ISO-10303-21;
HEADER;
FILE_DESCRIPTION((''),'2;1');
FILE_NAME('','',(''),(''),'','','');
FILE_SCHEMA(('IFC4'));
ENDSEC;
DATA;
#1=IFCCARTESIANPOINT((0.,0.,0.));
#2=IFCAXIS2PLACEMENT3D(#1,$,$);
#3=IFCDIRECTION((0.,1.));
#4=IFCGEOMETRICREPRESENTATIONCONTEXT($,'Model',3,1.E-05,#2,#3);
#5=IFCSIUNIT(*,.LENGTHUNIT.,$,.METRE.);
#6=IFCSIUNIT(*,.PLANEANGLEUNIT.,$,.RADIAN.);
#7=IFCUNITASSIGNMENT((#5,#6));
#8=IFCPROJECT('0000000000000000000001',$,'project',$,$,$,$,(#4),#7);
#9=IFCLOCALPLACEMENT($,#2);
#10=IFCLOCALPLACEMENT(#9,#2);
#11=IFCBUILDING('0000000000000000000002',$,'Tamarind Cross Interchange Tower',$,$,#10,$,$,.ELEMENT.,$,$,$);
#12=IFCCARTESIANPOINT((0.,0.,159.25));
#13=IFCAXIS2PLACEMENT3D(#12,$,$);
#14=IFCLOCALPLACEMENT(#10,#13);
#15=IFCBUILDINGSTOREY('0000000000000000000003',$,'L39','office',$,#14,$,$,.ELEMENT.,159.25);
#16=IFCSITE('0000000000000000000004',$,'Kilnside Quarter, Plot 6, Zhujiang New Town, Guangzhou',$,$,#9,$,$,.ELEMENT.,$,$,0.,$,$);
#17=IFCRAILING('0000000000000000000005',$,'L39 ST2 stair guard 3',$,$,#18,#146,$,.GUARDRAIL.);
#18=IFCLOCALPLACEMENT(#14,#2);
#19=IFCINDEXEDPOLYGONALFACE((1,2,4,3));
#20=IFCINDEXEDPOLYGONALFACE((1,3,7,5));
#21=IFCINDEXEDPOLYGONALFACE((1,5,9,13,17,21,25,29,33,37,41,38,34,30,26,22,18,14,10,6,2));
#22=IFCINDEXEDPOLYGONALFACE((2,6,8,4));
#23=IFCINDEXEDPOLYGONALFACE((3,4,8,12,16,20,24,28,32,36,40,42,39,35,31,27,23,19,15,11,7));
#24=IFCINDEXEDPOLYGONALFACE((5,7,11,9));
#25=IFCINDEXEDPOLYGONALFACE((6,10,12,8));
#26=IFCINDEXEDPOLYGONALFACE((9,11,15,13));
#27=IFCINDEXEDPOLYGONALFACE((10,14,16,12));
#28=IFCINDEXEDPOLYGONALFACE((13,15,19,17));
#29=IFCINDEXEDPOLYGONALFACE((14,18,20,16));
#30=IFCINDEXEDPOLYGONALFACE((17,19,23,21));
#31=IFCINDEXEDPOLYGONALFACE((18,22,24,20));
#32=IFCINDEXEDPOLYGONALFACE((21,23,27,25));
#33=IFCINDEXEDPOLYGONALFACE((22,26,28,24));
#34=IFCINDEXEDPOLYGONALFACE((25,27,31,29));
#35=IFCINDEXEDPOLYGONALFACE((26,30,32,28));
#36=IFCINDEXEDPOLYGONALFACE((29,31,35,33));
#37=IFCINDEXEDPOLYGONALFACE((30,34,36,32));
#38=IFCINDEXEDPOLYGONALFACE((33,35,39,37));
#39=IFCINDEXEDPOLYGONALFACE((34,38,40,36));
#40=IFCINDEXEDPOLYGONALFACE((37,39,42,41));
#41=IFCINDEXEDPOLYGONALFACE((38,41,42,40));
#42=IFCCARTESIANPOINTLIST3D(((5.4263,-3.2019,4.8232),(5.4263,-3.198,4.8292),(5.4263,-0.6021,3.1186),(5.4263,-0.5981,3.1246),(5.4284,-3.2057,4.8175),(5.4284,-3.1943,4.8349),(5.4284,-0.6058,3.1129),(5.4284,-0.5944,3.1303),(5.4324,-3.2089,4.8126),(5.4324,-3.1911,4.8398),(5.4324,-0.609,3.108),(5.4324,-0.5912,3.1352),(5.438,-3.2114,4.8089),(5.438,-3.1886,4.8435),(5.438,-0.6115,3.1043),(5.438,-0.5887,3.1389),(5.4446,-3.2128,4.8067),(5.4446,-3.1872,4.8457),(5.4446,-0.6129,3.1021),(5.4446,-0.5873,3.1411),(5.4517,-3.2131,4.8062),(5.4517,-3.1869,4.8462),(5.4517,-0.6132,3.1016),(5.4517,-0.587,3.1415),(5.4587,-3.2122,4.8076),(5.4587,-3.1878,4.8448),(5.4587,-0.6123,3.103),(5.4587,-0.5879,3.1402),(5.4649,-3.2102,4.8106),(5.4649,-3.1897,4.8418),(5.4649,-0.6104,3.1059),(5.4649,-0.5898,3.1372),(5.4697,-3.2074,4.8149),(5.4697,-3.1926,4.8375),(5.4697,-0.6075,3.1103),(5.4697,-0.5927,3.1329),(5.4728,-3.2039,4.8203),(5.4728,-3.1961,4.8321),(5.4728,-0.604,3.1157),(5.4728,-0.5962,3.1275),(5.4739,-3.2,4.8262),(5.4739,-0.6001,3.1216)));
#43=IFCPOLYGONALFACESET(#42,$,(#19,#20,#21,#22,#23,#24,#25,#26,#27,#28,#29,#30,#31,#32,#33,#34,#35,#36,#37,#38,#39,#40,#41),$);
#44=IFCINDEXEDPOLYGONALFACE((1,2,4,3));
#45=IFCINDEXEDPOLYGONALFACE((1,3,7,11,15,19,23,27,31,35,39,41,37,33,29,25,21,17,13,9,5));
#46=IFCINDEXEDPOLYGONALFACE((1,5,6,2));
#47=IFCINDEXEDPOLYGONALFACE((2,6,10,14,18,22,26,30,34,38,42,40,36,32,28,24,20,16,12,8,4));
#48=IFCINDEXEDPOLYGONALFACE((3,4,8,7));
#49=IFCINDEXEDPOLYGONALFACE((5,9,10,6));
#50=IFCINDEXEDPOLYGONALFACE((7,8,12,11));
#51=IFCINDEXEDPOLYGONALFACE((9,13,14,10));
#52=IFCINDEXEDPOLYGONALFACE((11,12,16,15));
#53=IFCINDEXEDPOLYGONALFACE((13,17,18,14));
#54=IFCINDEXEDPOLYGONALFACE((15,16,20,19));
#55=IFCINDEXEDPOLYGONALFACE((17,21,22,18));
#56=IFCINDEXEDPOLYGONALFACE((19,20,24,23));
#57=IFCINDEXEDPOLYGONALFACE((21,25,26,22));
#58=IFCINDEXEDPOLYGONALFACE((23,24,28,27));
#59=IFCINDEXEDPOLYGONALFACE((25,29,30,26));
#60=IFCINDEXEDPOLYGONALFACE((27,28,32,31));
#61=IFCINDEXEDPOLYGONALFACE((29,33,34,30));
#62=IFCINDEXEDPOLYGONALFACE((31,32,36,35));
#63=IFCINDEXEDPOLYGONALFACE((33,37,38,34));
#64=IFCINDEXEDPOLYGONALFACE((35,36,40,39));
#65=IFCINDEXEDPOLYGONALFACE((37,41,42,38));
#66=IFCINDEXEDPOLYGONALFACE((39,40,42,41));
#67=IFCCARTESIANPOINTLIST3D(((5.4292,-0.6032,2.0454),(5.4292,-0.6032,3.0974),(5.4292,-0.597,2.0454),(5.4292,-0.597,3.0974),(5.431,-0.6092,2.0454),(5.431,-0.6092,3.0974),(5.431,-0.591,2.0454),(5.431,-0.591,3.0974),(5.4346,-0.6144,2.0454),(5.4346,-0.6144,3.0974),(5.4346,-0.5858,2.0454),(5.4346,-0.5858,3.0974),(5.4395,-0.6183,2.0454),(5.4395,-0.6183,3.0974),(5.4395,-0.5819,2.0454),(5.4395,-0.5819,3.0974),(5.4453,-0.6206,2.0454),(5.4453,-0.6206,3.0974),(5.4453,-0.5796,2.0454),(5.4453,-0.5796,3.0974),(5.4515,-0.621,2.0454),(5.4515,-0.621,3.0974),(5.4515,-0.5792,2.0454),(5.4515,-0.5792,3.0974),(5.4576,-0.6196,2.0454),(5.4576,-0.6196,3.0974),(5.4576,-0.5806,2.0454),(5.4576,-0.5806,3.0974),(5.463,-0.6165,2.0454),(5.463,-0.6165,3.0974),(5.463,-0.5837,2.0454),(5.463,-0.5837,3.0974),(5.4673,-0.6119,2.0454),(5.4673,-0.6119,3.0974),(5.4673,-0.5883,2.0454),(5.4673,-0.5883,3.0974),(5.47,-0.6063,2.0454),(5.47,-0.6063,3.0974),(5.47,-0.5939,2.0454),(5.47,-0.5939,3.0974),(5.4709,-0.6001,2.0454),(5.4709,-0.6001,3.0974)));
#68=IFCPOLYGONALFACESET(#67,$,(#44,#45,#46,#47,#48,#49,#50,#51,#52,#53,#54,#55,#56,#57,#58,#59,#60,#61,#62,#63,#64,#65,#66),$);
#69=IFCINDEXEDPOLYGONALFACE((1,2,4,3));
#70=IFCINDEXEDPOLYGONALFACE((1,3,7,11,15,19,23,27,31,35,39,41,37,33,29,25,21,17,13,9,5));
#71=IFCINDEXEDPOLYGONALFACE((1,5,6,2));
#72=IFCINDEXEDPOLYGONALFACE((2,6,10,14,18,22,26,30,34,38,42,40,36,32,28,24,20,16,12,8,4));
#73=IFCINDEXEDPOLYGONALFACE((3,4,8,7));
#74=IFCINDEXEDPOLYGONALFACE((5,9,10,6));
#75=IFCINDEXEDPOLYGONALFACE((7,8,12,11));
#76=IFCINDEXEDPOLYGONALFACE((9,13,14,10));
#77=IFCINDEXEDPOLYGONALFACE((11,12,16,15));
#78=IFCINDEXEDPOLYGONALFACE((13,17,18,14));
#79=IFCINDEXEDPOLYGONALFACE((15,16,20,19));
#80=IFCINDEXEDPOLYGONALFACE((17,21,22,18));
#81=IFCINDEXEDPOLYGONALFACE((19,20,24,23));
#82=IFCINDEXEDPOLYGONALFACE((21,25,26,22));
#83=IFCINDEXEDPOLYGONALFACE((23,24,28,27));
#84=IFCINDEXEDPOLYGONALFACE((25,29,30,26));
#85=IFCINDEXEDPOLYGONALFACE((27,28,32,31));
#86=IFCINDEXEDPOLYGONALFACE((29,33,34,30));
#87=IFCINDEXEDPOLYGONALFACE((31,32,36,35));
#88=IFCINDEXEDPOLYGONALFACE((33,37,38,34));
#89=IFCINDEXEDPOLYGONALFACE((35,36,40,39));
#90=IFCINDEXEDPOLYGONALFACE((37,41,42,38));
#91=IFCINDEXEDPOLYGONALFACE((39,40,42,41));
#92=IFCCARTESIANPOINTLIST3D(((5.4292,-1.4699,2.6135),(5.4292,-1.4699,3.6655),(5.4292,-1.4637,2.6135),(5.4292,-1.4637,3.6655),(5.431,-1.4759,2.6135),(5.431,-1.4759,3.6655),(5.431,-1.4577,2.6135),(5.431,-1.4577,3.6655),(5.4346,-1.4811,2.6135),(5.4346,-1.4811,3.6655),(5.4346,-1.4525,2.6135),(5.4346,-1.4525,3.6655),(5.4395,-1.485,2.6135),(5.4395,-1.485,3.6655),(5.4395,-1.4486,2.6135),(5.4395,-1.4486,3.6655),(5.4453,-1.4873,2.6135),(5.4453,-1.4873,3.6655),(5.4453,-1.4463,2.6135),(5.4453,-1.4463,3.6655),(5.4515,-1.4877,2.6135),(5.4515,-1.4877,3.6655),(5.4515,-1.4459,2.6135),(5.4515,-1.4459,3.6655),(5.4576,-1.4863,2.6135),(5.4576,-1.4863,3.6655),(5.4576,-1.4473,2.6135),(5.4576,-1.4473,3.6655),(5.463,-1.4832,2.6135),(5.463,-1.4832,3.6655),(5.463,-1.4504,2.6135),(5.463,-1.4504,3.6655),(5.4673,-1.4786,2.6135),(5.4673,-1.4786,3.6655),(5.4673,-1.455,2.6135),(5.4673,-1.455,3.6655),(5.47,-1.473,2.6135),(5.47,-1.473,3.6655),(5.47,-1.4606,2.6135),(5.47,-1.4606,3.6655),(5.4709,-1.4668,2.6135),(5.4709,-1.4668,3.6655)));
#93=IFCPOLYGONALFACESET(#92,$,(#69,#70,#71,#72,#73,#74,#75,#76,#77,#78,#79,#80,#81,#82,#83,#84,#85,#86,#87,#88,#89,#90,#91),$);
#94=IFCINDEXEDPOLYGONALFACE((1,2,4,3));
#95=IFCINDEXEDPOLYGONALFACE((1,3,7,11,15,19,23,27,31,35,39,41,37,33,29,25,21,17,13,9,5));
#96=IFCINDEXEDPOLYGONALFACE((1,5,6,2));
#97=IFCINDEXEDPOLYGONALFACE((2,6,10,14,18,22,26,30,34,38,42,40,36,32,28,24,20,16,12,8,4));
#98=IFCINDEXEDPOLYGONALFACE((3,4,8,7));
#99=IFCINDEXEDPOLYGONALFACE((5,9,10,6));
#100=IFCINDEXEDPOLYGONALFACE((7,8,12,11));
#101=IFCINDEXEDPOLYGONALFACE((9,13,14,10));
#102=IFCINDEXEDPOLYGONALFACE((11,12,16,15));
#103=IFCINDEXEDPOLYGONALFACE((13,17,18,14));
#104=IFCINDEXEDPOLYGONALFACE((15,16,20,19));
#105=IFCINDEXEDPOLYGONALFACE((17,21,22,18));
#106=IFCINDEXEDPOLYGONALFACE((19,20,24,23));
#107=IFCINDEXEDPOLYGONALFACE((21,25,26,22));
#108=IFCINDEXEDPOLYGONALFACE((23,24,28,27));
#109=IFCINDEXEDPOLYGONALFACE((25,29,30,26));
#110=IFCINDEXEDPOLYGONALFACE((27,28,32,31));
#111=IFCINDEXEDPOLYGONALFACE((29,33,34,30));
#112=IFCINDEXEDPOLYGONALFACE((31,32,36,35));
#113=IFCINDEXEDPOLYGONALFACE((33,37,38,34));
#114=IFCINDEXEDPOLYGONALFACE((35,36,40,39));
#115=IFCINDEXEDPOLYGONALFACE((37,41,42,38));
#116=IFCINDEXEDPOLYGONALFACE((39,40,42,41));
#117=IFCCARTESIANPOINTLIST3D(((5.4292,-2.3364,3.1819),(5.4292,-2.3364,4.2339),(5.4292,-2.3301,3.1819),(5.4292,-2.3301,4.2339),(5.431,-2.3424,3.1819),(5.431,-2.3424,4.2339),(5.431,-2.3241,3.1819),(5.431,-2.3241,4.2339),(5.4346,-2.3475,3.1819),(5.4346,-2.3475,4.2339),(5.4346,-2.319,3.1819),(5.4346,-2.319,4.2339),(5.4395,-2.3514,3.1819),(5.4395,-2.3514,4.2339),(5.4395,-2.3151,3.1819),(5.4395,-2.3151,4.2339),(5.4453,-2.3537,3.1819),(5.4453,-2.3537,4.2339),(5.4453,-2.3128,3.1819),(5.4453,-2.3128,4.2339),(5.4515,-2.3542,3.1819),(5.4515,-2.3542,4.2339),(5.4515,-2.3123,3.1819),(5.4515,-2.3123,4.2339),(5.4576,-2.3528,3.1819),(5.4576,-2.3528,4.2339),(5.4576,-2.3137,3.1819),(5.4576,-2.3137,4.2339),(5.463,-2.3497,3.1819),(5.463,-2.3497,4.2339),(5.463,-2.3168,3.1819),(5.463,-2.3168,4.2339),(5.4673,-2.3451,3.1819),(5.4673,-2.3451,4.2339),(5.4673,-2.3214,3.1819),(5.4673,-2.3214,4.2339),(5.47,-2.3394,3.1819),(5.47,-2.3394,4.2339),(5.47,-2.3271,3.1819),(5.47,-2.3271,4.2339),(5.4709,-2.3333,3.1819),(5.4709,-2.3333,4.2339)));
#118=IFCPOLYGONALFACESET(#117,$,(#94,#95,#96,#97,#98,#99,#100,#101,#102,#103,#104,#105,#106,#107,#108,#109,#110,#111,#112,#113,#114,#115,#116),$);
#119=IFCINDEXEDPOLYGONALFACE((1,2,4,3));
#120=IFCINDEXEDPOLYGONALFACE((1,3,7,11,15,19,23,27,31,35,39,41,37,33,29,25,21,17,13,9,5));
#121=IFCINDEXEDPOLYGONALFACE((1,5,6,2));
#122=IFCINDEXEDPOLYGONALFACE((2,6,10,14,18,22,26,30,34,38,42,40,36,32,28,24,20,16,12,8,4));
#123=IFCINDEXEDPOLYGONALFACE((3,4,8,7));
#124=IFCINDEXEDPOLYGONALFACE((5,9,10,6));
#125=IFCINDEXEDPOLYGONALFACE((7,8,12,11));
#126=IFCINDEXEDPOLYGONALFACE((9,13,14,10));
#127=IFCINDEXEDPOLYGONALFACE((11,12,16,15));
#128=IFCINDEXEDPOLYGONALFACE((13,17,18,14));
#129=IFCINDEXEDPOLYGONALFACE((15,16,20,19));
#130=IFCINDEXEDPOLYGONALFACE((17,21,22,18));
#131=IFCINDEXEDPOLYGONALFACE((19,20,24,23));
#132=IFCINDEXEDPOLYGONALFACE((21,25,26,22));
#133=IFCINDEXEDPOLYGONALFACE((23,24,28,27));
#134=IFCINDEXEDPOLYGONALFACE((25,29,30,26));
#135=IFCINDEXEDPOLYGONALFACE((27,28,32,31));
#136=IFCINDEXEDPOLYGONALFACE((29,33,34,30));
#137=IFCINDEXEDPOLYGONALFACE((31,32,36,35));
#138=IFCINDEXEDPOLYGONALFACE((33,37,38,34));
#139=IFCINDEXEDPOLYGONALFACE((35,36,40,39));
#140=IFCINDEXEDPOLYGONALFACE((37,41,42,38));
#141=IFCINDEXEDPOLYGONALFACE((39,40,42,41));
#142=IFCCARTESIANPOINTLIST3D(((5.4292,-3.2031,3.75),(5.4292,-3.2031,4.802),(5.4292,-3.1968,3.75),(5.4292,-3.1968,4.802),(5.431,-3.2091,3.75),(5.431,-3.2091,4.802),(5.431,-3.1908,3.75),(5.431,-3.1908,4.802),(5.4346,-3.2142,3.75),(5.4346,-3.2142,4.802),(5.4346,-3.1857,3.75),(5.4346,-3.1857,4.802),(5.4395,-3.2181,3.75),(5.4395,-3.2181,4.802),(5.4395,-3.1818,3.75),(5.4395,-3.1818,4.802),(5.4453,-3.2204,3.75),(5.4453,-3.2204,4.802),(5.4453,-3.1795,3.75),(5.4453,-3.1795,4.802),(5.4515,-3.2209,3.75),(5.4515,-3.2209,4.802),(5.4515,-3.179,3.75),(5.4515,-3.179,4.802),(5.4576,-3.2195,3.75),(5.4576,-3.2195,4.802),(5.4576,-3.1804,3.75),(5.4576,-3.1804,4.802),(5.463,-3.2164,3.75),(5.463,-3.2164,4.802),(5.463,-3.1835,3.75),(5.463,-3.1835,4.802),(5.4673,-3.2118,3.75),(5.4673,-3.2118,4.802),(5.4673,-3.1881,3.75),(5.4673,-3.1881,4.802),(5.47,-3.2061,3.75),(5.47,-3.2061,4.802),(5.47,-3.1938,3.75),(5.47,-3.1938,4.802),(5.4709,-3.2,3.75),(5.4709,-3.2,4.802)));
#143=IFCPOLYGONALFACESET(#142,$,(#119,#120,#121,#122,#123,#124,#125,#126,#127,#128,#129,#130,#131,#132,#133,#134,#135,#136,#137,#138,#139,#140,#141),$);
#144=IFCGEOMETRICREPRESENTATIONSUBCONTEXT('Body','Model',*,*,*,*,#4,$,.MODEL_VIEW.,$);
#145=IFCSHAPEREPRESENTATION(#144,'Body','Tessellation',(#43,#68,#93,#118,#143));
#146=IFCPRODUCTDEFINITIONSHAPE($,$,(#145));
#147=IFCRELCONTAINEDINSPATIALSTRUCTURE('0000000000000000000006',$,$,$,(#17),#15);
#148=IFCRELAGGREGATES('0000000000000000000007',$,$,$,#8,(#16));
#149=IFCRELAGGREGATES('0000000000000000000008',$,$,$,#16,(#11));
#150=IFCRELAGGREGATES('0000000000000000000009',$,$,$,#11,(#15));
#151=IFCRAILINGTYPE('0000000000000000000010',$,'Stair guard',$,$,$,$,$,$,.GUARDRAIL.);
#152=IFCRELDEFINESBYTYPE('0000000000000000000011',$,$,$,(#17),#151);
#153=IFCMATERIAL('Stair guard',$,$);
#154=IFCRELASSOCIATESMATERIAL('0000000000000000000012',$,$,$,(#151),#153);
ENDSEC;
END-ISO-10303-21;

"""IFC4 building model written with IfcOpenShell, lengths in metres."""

from ifc_helpers import new_model, si_unit, direction, frame, origin, origin_2d, place, context, subcontext, project, spatial, circle, extrude, material, type_object, element, save


model = new_model("IFC4")

# Units and contexts
model_context = context("Model", 3, precision=1e-05, world=origin(), true_north=direction((0.0, 1.0)))
body_context = subcontext(model_context, "Body", "Model", "MODEL_VIEW")
ifc_project = project(units=[si_unit("LENGTHUNIT", "METRE"), si_unit("PLANEANGLEUNIT", "RADIAN")], contexts=[model_context])

# Site, building, storey
site_placement = place(None, origin())
site = spatial("IfcSite", under=ifc_project, at=site_placement, Name="Kilnside Quarter, Plot 6, Zhujiang New Town, Guangzhou", CompositionType="ELEMENT", RefElevation=0.0)
building_placement = place(site_placement, origin())
building = spatial("IfcBuilding", under=site, at=building_placement, Name="Tamarind Cross Interchange Tower", CompositionType="ELEMENT")
storey_placement = place(building_placement, frame((0.0, 0.0, 159.25)))
storey = spatial("IfcBuildingStorey", under=building, at=storey_placement, Name="L39", Description="office", CompositionType="ELEMENT", Elevation=159.25)

# Railing
ifc_material_1 = material(Name="Stair guard")
railing_type_1 = type_object("IfcRailingType", Name="Stair guard", PredefinedType="GUARDRAIL", material=ifc_material_1)
railing_1_placement = place(storey_placement, frame((5.45, -0.6001, 2.0454)))
element("IfcRailing", 1, at=railing_1_placement, inside=storey, type_object=railing_type_1, Name="L39 ST2 stair guard 3", PredefinedType="GUARDRAIL", context=body_context, shape_type="SweptSolid", body=[
    extrude(circle(Radius=0.0239, at=origin_2d()), frame((0.0, 0.0, 1.0762), z_axis=(0.0, -0.836279, 0.548305), x_axis=(1.0, 0.0, 0.0)), (0.0, 0.0, 1.0), 3.1089),
    extrude(circle(Radius=0.021, at=origin_2d()), origin(), (0.0, 0.0, 1.0), 1.052),
    extrude(circle(Radius=0.021, at=origin_2d()), frame((0.0, -0.8667, 0.5681)), (0.0, 0.0, 1.0), 1.052),
    extrude(circle(Radius=0.021, at=origin_2d()), frame((0.0, -1.7332, 1.1365)), (0.0, 0.0, 1.0), 1.052),
    extrude(circle(Radius=0.021, at=origin_2d()), frame((0.0, -2.5999, 1.7046)), (0.0, 0.0, 1.0), 1.052),
])

save(model, "model.ifc")
